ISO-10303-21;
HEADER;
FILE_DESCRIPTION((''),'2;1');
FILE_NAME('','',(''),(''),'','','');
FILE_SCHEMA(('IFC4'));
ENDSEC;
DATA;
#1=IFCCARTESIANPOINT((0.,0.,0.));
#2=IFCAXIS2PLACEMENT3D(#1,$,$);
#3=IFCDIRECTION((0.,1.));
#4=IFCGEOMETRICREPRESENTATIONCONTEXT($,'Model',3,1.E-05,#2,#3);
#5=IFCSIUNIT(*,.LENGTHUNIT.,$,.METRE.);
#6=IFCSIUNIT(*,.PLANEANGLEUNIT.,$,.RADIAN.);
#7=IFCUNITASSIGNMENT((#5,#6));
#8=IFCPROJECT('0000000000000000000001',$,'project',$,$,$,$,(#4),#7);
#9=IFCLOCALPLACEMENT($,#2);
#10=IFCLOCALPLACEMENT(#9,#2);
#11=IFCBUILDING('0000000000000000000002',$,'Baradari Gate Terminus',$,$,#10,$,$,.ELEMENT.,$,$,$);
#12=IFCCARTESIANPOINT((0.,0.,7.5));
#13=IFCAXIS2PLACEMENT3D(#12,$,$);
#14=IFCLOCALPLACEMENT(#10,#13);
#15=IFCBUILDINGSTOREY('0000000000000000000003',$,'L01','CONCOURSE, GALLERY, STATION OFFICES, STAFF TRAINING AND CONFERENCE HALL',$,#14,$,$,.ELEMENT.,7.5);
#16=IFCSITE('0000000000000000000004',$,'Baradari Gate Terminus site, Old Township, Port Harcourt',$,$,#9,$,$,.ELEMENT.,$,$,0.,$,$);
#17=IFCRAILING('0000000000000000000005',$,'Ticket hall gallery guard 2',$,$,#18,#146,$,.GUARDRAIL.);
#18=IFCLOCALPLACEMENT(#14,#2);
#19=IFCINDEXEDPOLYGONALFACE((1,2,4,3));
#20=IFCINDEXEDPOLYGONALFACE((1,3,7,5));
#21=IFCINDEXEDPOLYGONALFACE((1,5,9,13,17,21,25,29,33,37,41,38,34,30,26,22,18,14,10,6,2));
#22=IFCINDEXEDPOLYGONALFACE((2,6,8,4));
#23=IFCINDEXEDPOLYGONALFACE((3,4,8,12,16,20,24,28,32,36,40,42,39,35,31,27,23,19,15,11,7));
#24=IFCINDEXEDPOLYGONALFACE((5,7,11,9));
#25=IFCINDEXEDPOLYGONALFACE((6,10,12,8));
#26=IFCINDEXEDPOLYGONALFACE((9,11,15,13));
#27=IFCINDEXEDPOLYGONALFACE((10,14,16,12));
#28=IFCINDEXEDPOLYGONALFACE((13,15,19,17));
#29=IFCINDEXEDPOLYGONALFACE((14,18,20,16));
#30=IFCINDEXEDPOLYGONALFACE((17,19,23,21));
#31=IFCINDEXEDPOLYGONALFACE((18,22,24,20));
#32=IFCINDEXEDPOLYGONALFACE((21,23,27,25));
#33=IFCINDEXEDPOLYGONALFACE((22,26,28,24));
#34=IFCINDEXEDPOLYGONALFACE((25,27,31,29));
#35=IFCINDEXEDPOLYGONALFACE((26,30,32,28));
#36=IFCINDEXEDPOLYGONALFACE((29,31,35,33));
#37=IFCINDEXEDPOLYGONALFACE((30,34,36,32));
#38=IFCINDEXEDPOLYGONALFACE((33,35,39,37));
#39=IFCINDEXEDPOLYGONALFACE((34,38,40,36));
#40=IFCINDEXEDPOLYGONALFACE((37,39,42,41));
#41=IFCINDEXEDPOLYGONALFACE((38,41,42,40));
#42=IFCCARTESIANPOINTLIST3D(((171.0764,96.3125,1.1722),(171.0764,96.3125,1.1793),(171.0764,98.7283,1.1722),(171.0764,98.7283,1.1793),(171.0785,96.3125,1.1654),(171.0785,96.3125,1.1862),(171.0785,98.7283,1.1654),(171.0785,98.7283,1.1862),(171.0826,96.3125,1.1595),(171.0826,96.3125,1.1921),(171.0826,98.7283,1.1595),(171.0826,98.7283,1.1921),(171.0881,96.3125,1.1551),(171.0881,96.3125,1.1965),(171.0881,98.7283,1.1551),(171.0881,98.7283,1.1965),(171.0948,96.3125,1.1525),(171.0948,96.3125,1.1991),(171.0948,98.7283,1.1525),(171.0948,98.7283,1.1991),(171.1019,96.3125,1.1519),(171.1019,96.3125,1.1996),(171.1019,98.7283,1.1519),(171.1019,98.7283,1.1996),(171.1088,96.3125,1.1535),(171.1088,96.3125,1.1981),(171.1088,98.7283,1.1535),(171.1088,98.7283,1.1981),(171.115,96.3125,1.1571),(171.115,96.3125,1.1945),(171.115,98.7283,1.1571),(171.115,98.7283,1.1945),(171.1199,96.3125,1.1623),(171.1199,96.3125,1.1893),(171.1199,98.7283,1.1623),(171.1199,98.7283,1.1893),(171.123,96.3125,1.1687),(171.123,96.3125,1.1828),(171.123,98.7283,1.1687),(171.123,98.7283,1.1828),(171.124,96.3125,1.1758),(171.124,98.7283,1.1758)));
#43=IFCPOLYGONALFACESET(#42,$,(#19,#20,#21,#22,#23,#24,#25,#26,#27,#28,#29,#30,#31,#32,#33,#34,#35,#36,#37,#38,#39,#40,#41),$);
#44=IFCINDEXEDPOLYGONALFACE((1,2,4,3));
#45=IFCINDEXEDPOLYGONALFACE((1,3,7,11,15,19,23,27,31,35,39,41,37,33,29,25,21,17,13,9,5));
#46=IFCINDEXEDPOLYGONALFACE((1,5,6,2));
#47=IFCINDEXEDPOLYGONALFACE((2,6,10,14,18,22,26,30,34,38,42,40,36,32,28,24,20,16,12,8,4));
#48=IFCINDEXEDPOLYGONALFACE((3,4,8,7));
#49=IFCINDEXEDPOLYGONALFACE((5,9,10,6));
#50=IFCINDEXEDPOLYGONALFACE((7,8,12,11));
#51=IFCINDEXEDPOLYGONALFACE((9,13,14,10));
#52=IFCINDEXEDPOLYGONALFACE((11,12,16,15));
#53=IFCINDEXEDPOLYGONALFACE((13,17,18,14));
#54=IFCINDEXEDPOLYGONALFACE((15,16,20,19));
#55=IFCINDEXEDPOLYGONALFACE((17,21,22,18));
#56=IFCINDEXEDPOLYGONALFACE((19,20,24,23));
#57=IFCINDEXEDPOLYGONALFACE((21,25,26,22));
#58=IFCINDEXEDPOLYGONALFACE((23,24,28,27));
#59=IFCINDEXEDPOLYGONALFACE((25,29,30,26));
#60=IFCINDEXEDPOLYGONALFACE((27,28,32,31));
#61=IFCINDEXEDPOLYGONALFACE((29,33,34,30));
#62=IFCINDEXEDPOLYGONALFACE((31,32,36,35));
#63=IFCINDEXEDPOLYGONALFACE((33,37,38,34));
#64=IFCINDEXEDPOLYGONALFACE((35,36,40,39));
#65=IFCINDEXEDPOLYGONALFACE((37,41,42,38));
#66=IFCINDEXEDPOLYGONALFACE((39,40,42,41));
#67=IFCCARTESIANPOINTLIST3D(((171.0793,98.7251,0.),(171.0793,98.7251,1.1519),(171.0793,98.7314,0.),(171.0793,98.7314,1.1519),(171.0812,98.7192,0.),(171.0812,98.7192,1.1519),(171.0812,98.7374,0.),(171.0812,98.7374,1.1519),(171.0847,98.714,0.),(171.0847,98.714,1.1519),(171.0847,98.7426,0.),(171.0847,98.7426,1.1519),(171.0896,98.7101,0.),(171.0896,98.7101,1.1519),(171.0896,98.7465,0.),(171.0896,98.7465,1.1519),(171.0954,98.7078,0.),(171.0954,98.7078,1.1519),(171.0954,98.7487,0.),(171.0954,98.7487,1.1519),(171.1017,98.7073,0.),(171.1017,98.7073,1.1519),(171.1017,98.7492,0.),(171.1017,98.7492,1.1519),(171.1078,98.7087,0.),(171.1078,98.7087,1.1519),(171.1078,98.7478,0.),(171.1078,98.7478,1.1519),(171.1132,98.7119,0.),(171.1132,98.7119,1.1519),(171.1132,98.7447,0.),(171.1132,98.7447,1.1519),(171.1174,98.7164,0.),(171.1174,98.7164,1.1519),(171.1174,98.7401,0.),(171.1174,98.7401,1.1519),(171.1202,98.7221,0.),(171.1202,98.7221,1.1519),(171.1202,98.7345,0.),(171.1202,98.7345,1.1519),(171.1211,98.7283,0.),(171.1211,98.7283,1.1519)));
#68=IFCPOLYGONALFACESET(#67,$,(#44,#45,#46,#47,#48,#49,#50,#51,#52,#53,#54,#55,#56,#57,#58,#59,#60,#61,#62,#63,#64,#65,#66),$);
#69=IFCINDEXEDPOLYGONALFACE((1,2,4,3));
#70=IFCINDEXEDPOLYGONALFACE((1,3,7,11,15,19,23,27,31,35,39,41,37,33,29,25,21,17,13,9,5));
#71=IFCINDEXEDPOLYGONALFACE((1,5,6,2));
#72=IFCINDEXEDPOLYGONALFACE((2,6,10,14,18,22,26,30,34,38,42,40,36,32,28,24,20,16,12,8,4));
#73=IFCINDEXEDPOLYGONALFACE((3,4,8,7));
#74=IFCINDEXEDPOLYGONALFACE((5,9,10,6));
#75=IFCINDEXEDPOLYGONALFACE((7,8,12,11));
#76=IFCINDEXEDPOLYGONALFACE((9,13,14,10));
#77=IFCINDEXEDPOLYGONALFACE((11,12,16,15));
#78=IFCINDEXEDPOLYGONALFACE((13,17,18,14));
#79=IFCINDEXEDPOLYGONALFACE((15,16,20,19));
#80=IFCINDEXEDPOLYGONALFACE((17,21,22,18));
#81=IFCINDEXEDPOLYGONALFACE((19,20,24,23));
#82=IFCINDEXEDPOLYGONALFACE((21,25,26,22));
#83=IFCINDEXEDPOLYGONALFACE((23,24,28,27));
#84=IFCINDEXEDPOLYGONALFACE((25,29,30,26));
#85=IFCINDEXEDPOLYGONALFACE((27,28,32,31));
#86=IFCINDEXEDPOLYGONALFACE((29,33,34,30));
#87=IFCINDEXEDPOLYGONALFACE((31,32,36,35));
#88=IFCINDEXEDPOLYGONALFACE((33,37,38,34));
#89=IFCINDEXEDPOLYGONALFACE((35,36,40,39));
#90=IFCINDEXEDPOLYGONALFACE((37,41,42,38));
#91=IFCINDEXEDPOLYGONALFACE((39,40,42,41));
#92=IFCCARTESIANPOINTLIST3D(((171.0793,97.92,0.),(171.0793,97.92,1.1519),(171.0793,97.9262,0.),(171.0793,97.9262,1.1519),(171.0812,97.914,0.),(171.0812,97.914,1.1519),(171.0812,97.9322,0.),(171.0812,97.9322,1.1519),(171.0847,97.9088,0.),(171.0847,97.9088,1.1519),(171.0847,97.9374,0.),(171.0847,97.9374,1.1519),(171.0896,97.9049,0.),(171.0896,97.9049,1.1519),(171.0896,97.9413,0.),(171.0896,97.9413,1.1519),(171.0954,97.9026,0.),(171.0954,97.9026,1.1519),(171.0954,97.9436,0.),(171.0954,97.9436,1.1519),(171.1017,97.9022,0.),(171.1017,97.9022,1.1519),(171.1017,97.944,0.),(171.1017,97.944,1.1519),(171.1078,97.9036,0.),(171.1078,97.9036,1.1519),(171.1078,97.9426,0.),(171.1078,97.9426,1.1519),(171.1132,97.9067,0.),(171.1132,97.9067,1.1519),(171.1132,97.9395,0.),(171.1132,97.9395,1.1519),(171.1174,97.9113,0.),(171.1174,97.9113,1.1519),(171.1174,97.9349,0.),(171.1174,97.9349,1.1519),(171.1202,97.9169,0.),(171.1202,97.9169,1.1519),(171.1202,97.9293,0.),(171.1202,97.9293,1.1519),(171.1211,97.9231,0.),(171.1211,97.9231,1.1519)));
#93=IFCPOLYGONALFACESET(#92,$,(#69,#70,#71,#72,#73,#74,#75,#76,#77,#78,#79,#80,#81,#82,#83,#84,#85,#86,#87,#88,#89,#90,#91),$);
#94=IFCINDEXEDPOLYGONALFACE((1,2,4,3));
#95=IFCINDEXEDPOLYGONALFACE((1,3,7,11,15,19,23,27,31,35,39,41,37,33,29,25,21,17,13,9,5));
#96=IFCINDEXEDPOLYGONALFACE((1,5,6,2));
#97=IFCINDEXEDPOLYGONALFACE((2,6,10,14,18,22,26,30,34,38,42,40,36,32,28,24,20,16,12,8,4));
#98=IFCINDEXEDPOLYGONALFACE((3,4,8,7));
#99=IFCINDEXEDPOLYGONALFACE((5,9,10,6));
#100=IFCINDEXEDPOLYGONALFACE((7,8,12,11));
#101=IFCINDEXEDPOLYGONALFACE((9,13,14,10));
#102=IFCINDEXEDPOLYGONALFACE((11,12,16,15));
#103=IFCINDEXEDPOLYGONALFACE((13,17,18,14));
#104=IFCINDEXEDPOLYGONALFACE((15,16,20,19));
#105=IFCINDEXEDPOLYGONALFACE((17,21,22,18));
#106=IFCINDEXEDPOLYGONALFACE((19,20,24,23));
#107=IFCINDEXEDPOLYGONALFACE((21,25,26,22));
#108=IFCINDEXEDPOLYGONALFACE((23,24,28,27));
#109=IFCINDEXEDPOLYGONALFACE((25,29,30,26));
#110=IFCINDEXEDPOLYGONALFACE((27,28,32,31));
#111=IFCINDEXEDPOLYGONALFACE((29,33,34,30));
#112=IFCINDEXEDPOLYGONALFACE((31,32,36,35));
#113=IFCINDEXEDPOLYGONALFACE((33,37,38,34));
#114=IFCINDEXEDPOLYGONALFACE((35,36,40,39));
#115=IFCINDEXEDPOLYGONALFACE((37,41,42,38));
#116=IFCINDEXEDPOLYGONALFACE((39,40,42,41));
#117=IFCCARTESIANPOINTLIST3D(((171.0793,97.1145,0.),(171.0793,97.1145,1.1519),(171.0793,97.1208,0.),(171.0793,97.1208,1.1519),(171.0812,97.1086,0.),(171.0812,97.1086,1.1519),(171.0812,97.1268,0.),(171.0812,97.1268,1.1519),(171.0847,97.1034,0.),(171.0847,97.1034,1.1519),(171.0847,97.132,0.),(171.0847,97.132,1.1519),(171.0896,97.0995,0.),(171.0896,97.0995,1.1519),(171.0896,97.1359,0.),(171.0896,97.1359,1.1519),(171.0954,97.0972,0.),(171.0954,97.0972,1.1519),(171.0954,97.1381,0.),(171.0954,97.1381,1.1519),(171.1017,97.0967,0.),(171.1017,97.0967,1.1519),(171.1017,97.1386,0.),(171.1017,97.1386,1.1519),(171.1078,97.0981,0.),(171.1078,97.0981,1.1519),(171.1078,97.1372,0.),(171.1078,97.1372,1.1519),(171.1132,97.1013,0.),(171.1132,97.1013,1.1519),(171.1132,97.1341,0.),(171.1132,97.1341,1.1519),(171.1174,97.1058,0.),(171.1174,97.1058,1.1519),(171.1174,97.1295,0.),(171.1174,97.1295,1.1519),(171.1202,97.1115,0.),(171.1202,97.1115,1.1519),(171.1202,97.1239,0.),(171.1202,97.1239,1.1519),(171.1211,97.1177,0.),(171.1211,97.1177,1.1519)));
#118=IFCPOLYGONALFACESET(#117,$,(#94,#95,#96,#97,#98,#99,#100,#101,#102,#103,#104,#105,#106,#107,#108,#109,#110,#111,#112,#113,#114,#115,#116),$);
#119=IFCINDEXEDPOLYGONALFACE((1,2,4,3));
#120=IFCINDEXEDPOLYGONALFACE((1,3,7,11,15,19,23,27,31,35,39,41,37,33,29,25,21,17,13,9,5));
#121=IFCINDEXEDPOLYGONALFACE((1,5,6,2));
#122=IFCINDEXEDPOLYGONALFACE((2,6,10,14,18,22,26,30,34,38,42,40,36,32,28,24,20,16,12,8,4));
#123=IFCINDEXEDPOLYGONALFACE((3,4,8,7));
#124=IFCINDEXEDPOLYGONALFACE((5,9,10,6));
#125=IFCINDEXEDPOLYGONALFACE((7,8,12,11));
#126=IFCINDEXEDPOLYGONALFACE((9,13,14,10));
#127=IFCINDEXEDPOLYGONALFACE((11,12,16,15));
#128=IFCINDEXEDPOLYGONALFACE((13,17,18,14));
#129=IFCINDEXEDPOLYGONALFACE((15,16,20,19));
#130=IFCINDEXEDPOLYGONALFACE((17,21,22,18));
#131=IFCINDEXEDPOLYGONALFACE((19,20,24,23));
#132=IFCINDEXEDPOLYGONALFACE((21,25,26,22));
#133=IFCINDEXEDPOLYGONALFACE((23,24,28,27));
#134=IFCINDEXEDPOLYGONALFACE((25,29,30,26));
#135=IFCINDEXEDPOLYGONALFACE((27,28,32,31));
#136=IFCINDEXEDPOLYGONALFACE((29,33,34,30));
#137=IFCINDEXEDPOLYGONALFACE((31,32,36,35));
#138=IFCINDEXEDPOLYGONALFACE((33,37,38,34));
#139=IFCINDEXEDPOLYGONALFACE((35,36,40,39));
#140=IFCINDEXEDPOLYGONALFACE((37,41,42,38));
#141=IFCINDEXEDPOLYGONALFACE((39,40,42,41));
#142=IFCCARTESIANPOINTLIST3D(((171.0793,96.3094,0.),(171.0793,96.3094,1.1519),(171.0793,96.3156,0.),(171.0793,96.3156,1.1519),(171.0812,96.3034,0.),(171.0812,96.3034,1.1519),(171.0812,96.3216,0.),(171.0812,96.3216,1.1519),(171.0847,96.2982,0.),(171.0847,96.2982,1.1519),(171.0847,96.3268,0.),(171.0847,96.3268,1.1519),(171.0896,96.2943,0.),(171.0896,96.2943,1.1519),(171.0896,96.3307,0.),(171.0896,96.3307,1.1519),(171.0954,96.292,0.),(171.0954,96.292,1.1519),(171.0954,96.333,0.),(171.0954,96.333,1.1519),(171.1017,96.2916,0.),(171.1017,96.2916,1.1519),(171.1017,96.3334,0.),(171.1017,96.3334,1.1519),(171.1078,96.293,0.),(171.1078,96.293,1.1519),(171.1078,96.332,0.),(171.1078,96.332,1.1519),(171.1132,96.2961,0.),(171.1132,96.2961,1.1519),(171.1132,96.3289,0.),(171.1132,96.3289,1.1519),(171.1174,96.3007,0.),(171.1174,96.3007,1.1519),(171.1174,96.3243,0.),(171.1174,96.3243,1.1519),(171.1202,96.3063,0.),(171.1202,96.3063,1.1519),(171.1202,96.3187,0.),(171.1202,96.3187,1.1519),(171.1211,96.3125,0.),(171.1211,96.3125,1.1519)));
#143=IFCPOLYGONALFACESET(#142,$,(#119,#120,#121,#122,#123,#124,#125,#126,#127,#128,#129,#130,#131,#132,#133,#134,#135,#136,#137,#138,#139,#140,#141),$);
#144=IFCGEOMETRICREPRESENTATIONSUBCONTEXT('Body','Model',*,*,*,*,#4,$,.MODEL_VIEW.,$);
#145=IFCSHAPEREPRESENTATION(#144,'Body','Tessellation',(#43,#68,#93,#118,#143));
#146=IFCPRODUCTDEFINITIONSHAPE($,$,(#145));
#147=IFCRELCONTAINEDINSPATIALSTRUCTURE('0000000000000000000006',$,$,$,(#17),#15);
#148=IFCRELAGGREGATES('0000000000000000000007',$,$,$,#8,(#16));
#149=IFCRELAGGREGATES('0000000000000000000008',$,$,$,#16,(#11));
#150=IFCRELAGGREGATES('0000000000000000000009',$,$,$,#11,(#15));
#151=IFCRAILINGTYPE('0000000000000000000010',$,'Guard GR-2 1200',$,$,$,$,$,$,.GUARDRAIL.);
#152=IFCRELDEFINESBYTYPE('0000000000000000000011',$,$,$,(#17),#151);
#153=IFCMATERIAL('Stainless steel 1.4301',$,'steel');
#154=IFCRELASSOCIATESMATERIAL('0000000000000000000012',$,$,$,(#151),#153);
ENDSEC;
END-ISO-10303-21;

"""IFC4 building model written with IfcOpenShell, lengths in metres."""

from ifc_helpers import new_model, si_unit, direction, frame, origin, origin_2d, place, context, subcontext, project, spatial, circle, extrude, material, type_object, element, save


model = new_model("IFC4")

# Units and contexts
model_context = context("Model", 3, precision=1e-05, world=origin(), true_north=direction((0.0, 1.0)))
body_context = subcontext(model_context, "Body", "Model", "MODEL_VIEW")
ifc_project = project(units=[si_unit("LENGTHUNIT", "METRE"), si_unit("PLANEANGLEUNIT", "RADIAN")], contexts=[model_context])

# Site, building, storey
site_placement = place(None, origin())
site = spatial("IfcSite", under=ifc_project, at=site_placement, Name="Baradari Gate Terminus site, Old Township, Port Harcourt", CompositionType="ELEMENT", RefElevation=0.0)
building_placement = place(site_placement, origin())
building = spatial("IfcBuilding", under=site, at=building_placement, Name="Baradari Gate Terminus", CompositionType="ELEMENT")
storey_placement = place(building_placement, frame((0.0, 0.0, 7.5)))
storey = spatial("IfcBuildingStorey", under=building, at=storey_placement, Name="L01", Description="CONCOURSE, GALLERY, STATION OFFICES, STAFF TRAINING AND CONFERENCE HALL", CompositionType="ELEMENT", Elevation=7.5)

# Railing
ifc_material_1 = material(Name="Stainless steel 1.4301", Category="steel")
railing_type = type_object("IfcRailingType", Name="Guard GR-2 1200", PredefinedType="GUARDRAIL", material=ifc_material_1)
railing_1_placement = place(storey_placement, frame((171.1001, 98.7283, 0.0)))
element("IfcRailing", 1, at=railing_1_placement, inside=storey, type_object=railing_type, Name="Ticket hall gallery guard 2", PredefinedType="GUARDRAIL", context=body_context, shape_type="SweptSolid", body=[
    extrude(circle(Radius=0.0239, at=origin_2d()), frame((0.0, 0.0, 1.1758), z_axis=(0.0, -1.0, 0.0), x_axis=(1.0, 0.0, 0.0)), (0.0, 0.0, 1.0), 2.4158),
    extrude(circle(Radius=0.021, at=origin_2d()), origin(), (0.0, 0.0, 1.0), 1.1519),
    extrude(circle(Radius=0.021, at=origin_2d()), frame((0.0, -0.8052, 0.0)), (0.0, 0.0, 1.0), 1.1519),
    extrude(circle(Radius=0.021, at=origin_2d()), frame((0.0, -1.6106, 0.0)), (0.0, 0.0, 1.0), 1.1519),
    extrude(circle(Radius=0.021, at=origin_2d()), frame((0.0, -2.4158, 0.0)), (0.0, 0.0, 1.0), 1.1519),
])

save(model, "model.ifc")
